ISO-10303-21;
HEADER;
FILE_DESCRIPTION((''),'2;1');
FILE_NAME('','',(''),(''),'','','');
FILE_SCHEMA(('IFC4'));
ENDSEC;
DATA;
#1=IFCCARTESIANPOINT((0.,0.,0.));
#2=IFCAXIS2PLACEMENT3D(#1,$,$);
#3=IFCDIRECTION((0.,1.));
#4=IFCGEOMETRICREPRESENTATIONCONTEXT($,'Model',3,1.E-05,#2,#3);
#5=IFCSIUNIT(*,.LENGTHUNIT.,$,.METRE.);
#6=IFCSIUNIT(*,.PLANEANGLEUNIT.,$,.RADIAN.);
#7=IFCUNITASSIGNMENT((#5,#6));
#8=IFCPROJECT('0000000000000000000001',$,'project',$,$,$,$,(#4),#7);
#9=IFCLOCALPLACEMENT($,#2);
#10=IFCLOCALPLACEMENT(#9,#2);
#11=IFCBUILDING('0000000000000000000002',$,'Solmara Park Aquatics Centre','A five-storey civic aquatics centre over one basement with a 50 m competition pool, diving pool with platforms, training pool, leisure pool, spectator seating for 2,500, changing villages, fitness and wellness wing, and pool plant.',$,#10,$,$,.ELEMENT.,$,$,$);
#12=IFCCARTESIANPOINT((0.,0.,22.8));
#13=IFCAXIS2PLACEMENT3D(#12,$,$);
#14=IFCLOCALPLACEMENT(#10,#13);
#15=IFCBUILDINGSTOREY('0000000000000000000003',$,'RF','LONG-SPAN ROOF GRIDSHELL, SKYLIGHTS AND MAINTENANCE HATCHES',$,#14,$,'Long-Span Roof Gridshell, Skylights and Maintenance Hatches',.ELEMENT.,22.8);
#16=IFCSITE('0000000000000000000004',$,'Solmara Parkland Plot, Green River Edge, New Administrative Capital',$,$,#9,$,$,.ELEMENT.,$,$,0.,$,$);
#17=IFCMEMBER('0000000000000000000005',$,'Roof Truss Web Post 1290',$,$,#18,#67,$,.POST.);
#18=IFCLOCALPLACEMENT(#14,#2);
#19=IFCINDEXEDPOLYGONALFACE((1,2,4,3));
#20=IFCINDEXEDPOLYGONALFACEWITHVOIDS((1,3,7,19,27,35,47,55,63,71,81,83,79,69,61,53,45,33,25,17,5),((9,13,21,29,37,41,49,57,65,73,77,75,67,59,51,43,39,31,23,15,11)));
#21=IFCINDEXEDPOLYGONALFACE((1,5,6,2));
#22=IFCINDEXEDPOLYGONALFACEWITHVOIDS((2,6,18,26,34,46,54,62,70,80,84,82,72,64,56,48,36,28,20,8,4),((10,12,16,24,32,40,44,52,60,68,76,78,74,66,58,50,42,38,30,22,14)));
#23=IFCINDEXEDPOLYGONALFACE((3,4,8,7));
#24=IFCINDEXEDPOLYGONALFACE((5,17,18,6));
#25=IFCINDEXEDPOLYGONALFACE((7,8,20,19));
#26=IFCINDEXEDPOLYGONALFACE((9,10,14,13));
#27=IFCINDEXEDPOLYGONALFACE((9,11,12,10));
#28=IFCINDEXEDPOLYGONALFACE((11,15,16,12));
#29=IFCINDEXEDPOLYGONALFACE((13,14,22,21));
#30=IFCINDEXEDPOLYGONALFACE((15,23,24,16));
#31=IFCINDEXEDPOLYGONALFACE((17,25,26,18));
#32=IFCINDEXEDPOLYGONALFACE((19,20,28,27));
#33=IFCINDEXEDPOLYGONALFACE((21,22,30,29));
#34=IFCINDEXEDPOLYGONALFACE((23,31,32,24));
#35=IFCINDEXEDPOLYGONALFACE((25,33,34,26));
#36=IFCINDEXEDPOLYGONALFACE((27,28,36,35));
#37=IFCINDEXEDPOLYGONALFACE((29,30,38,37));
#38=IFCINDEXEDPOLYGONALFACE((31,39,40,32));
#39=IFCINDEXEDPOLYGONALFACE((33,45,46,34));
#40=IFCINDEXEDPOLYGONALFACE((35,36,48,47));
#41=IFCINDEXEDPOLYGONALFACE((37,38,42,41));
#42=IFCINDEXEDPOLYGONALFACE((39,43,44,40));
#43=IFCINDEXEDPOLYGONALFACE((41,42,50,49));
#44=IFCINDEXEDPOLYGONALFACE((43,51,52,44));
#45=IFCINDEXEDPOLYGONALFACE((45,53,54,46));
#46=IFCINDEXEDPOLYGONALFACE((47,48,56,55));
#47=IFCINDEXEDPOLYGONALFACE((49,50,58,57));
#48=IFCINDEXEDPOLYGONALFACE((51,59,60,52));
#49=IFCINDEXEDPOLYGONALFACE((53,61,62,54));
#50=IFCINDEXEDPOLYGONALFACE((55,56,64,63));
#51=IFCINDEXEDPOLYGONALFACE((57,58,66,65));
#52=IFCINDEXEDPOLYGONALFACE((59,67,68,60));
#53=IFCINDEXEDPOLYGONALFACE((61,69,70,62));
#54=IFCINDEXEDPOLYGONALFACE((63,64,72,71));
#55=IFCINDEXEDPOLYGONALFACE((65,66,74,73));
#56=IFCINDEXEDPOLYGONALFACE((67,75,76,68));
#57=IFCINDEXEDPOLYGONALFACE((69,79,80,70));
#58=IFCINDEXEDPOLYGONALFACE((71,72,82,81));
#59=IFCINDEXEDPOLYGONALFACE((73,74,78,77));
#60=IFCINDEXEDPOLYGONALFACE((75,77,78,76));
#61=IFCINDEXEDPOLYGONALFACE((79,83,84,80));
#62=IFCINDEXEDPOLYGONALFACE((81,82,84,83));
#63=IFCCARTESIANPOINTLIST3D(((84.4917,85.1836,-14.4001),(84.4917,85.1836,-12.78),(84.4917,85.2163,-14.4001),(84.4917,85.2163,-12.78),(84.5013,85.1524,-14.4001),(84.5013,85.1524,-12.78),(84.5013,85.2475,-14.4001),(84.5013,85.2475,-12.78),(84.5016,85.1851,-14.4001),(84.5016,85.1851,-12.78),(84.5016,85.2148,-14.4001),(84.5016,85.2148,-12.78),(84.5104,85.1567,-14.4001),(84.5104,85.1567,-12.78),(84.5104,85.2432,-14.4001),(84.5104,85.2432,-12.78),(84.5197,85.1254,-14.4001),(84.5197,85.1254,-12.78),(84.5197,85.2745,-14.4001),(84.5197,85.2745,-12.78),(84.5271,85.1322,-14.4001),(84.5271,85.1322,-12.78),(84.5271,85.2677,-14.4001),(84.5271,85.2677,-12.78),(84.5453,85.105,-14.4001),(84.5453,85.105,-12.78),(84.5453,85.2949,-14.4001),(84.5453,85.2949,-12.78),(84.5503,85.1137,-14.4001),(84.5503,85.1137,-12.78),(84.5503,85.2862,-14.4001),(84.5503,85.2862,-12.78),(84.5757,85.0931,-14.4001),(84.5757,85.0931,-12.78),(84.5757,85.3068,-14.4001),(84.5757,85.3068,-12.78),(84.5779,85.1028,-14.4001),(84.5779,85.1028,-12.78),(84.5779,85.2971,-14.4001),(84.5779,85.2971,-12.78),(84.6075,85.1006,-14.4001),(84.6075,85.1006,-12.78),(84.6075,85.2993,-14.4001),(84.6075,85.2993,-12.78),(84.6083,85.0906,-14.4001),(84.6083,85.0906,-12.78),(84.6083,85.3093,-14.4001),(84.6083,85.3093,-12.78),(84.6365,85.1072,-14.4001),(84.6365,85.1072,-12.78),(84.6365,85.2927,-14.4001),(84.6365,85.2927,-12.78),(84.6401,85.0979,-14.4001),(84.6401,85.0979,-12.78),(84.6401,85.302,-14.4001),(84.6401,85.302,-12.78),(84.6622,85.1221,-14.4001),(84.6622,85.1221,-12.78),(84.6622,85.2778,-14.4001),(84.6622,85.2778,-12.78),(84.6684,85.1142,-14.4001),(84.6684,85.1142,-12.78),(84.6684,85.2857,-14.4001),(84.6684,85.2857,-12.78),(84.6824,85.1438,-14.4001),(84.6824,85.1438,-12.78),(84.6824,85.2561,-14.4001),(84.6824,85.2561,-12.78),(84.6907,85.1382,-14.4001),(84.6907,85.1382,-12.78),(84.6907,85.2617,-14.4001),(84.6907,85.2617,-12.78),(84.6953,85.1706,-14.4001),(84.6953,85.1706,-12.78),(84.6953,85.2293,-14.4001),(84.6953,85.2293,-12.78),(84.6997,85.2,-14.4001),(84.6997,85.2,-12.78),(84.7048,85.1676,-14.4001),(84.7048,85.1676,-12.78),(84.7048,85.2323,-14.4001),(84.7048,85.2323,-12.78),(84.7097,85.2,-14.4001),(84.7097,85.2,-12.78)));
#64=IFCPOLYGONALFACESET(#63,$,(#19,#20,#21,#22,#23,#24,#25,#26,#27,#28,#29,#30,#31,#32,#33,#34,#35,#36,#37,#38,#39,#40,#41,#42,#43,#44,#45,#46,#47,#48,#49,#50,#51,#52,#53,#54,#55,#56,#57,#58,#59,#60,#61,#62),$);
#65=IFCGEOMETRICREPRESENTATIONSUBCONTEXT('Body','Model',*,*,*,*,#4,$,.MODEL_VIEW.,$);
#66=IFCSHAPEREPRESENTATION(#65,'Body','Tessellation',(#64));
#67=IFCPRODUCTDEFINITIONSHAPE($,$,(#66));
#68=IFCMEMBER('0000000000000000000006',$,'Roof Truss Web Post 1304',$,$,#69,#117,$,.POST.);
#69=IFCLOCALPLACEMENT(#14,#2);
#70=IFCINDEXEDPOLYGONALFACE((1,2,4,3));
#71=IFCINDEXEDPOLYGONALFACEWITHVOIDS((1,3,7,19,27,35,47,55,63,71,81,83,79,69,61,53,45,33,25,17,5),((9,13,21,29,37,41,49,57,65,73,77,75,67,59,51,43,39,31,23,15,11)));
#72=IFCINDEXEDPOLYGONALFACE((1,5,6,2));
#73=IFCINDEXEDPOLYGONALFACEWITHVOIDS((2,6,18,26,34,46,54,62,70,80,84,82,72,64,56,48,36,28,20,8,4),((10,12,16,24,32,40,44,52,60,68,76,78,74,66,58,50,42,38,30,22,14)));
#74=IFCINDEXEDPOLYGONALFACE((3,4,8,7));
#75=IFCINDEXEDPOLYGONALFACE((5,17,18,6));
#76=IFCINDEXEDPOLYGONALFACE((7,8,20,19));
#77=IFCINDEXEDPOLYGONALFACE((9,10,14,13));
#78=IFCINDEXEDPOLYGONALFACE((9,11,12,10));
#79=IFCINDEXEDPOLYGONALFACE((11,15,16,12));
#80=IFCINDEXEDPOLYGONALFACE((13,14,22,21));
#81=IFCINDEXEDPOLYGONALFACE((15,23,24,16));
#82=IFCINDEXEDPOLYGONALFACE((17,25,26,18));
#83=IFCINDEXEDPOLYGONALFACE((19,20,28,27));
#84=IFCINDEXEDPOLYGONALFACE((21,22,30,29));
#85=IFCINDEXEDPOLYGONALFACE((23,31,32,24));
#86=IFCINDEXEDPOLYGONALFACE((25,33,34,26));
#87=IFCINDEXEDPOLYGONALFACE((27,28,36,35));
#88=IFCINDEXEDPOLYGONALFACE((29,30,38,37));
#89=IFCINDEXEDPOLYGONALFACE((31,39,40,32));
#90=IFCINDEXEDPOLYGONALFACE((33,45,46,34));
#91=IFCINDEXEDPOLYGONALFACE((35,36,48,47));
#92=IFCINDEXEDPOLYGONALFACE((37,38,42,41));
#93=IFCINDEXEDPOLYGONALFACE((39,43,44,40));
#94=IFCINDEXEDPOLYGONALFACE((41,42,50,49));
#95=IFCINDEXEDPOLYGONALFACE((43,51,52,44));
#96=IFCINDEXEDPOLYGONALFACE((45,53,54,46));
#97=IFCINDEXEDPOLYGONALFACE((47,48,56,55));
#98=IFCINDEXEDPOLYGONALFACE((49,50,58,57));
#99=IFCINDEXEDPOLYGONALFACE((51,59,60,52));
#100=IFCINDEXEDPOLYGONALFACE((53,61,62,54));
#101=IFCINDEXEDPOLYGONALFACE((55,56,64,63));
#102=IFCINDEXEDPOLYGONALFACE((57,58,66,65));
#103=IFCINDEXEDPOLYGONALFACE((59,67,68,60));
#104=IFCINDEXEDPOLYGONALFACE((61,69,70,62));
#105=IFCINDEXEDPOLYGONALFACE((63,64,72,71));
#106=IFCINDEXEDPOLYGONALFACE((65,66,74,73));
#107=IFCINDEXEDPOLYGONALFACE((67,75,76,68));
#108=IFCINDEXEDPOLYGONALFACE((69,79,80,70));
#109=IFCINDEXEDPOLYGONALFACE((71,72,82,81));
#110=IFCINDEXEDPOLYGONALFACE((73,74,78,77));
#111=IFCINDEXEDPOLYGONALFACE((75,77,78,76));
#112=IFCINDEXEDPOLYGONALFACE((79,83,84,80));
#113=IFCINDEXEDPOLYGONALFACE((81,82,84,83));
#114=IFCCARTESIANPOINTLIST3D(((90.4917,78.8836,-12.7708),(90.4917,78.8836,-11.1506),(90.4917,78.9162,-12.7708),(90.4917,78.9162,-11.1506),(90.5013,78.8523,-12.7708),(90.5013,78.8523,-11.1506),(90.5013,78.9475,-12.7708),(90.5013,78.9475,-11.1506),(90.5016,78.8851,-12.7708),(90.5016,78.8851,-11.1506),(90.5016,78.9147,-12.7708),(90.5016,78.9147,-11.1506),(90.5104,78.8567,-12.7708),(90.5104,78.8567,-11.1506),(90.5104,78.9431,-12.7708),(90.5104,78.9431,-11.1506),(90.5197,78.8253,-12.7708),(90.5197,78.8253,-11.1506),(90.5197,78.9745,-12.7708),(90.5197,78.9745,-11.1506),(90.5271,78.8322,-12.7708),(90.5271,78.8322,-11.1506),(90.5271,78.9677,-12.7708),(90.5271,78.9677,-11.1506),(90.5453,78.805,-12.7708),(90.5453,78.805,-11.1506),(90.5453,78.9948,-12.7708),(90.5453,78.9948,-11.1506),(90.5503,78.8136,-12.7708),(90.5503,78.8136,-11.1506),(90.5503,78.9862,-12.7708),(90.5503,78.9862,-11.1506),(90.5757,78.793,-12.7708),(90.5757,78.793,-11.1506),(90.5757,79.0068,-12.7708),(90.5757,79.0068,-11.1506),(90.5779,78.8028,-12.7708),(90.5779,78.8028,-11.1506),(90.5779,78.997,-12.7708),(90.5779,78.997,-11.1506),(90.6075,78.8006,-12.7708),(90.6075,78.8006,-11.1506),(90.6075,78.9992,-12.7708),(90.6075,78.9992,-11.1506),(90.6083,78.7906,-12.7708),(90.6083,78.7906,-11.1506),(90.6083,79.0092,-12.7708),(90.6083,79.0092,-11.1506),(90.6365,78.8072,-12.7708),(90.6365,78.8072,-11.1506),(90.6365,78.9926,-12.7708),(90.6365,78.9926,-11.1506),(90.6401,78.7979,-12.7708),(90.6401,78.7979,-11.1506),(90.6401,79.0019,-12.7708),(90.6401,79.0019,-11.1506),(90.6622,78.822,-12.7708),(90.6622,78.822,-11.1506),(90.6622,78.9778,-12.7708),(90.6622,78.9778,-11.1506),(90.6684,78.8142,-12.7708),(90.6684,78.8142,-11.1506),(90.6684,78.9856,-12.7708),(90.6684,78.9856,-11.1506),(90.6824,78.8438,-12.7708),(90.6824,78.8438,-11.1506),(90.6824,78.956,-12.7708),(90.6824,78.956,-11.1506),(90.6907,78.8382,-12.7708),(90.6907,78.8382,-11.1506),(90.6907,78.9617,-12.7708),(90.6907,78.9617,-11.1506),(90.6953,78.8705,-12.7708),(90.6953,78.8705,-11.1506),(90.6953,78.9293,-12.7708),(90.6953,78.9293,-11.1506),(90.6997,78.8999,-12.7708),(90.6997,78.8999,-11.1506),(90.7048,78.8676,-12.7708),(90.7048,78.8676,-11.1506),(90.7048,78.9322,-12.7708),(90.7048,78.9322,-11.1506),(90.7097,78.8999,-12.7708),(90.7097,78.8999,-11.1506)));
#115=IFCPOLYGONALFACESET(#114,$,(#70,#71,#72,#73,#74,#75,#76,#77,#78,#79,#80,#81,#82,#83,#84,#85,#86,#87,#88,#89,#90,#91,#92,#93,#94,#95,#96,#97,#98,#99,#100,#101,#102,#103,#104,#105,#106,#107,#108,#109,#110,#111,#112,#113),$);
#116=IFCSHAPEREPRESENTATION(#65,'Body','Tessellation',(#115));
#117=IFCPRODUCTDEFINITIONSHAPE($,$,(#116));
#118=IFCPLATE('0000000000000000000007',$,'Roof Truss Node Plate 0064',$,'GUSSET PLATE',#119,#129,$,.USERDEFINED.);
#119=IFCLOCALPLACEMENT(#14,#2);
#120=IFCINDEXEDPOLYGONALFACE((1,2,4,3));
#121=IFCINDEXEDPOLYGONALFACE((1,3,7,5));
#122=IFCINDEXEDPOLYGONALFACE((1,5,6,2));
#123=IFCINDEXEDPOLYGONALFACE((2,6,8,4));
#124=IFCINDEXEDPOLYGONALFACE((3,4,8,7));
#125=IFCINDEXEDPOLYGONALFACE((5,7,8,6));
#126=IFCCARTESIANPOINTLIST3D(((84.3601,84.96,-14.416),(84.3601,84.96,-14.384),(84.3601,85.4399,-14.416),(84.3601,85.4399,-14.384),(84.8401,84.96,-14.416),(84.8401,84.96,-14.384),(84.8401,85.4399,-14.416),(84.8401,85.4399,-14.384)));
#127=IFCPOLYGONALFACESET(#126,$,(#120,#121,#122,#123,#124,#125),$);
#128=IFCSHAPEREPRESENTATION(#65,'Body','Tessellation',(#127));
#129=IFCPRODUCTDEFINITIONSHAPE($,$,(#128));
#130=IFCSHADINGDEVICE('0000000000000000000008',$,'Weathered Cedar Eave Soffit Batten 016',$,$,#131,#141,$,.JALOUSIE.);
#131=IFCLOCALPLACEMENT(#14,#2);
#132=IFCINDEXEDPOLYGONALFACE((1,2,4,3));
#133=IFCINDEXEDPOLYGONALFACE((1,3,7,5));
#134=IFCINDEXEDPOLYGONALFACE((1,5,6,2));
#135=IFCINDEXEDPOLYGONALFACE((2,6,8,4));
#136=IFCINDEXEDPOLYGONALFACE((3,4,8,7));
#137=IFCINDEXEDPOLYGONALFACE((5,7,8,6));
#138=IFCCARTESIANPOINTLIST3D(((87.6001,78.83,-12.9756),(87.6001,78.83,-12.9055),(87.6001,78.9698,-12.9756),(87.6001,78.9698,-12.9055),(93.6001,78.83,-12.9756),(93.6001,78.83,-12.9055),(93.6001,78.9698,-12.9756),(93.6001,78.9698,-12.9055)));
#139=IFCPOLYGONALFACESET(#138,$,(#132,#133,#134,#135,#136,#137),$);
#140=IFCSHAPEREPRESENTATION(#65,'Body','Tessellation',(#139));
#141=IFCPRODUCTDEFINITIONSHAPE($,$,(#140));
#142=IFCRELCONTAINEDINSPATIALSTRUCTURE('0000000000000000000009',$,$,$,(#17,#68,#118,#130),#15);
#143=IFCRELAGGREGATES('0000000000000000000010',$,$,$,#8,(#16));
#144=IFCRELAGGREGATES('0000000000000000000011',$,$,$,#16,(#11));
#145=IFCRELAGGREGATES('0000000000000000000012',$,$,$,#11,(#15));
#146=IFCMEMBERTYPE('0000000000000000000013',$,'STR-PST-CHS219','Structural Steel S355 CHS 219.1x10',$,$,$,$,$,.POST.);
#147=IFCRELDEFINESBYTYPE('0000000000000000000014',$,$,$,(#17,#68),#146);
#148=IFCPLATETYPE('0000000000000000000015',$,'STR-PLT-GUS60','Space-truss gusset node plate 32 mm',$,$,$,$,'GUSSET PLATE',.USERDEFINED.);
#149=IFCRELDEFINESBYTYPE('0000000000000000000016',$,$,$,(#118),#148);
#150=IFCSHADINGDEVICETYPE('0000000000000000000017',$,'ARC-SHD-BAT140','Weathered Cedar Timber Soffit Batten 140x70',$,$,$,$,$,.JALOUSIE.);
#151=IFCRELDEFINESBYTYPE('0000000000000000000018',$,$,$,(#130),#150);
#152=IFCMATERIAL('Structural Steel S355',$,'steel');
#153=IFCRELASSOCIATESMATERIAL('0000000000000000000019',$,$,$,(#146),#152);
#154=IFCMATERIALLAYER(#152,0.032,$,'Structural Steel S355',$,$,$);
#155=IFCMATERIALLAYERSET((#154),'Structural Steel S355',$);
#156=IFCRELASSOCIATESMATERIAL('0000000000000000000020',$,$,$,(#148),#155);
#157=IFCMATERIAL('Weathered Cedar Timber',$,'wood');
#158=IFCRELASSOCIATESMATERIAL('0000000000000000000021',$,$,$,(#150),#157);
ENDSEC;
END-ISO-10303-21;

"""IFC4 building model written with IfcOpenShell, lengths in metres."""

from ifc_helpers import new_model, si_unit, direction, frame, origin, origin_2d, place, context, subcontext, project, spatial, rectangle, hollow_circle, extrude, material, layer, layer_set, material_profile, profile_set, type_object, element, save


model = new_model("IFC4")

# Units and contexts
model_context = context("Model", 3, precision=1e-05, world=origin(), true_north=direction((0.0, 1.0)))
body_context = subcontext(model_context, "Body", "Model", "MODEL_VIEW")
ifc_project = project(units=[si_unit("LENGTHUNIT", "METRE"), si_unit("PLANEANGLEUNIT", "RADIAN")], contexts=[model_context])

# Site, building, storey
site_placement = place(None, origin())
site = spatial("IfcSite", under=ifc_project, at=site_placement, Name="Solmara Parkland Plot, Green River Edge, New Administrative Capital", CompositionType="ELEMENT", RefElevation=0.0)
building_placement = place(site_placement, origin())
building = spatial("IfcBuilding", under=site, at=building_placement, Name="Solmara Park Aquatics Centre", Description="A five-storey civic aquatics centre over one basement with a 50 m competition pool, diving pool with platforms, training pool, leisure pool, spectator seating for 2,500, changing villages, fitness and wellness wing, and pool plant.", CompositionType="ELEMENT")
storey_placement = place(building_placement, frame((0.0, 0.0, 22.8)))
storey = spatial("IfcBuildingStorey", under=building, at=storey_placement, Name="RF", Description="LONG-SPAN ROOF GRIDSHELL, SKYLIGHTS AND MAINTENANCE HATCHES", LongName="Long-Span Roof Gridshell, Skylights and Maintenance Hatches", CompositionType="ELEMENT", Elevation=22.8)

# Members
ifc_material_1 = material(Name="Structural Steel S355", Category="steel")
ifc_material_profile_1 = material_profile(ifc_material_1, hollow_circle(Radius=0.1096, WallThickness=0.01, at=origin_2d()), Name="CHS 219.1x10")
ifc_profile_set_1 = profile_set([ifc_material_profile_1], Name="Structural Steel S355")
member_type_1 = type_object("IfcMemberType", Name="STR-PST-CHS219", Description="Structural Steel S355 CHS 219.1x10", PredefinedType="POST", material=ifc_profile_set_1)
for number, where, z_axis, x_axis, name in (
    (1, (84.6001, 85.2, -14.4001), (0.0, 0.0, 1.0), (1.0, 0.0, 0.0), "Roof Truss Web Post 1290"),
    (2, (90.6001, 78.8999, -12.7708), (0.0, 0.0, 1.0), (1.0, 0.0, 0.0), "Roof Truss Web Post 1304"),
):
    element("IfcMember", number, at=place(storey_placement, frame(where, z_axis=z_axis, x_axis=x_axis)), inside=storey, type_object=member_type_1, Name=name, PredefinedType="POST", context=body_context, shape_type="SweptSolid", body=[
        extrude(hollow_circle(Radius=0.1096, WallThickness=0.01, at=origin_2d()), origin(), (0.0, 0.0, 1.0), 1.6201),
    ])

# Plate
ifc_layer = layer(ifc_material_1, 0.032, Name="Structural Steel S355")
ifc_layer_set = layer_set([ifc_layer], Name="Structural Steel S355")
plate_type = type_object("IfcPlateType", Name="STR-PLT-GUS60", Description="Space-truss gusset node plate 32 mm", ElementType="GUSSET PLATE", PredefinedType="USERDEFINED", material=ifc_layer_set)
plate_placement = place(storey_placement, frame((84.6001, 85.2, -14.416), z_axis=(0.0, 0.0, 1.0), x_axis=(1.0, 0.0, 0.0)))
element("IfcPlate", 3, at=plate_placement, inside=storey, type_object=plate_type, Name="Roof Truss Node Plate 0064", ObjectType="GUSSET PLATE", PredefinedType="USERDEFINED", context=body_context, shape_type="SweptSolid", body=[
    extrude(rectangle(XDim=0.48, YDim=0.48, at=origin_2d()), origin(), (0.0, 0.0, 1.0), 0.032),
])

# Shading device
ifc_material_2 = material(Name="Weathered Cedar Timber", Category="wood")
shading_device_type = type_object("IfcShadingDeviceType", Name="ARC-SHD-BAT140", Description="Weathered Cedar Timber Soffit Batten 140x70", PredefinedType="JALOUSIE", material=ifc_material_2)
shading_device_placement = place(storey_placement, frame((90.6001, 78.8999, -12.9756), z_axis=(0.0, 0.0, 1.0), x_axis=(1.0, 0.0, 0.0)))
element("IfcShadingDevice", 4, at=shading_device_placement, inside=storey, type_object=shading_device_type, Name="Weathered Cedar Eave Soffit Batten 016", PredefinedType="JALOUSIE", context=body_context, shape_type="SweptSolid", body=[
    extrude(rectangle(XDim=6.0, YDim=0.1399, at=origin_2d()), origin(), (0.0, 0.0, 1.0), 0.0701),
])

save(model, "model.ifc")
